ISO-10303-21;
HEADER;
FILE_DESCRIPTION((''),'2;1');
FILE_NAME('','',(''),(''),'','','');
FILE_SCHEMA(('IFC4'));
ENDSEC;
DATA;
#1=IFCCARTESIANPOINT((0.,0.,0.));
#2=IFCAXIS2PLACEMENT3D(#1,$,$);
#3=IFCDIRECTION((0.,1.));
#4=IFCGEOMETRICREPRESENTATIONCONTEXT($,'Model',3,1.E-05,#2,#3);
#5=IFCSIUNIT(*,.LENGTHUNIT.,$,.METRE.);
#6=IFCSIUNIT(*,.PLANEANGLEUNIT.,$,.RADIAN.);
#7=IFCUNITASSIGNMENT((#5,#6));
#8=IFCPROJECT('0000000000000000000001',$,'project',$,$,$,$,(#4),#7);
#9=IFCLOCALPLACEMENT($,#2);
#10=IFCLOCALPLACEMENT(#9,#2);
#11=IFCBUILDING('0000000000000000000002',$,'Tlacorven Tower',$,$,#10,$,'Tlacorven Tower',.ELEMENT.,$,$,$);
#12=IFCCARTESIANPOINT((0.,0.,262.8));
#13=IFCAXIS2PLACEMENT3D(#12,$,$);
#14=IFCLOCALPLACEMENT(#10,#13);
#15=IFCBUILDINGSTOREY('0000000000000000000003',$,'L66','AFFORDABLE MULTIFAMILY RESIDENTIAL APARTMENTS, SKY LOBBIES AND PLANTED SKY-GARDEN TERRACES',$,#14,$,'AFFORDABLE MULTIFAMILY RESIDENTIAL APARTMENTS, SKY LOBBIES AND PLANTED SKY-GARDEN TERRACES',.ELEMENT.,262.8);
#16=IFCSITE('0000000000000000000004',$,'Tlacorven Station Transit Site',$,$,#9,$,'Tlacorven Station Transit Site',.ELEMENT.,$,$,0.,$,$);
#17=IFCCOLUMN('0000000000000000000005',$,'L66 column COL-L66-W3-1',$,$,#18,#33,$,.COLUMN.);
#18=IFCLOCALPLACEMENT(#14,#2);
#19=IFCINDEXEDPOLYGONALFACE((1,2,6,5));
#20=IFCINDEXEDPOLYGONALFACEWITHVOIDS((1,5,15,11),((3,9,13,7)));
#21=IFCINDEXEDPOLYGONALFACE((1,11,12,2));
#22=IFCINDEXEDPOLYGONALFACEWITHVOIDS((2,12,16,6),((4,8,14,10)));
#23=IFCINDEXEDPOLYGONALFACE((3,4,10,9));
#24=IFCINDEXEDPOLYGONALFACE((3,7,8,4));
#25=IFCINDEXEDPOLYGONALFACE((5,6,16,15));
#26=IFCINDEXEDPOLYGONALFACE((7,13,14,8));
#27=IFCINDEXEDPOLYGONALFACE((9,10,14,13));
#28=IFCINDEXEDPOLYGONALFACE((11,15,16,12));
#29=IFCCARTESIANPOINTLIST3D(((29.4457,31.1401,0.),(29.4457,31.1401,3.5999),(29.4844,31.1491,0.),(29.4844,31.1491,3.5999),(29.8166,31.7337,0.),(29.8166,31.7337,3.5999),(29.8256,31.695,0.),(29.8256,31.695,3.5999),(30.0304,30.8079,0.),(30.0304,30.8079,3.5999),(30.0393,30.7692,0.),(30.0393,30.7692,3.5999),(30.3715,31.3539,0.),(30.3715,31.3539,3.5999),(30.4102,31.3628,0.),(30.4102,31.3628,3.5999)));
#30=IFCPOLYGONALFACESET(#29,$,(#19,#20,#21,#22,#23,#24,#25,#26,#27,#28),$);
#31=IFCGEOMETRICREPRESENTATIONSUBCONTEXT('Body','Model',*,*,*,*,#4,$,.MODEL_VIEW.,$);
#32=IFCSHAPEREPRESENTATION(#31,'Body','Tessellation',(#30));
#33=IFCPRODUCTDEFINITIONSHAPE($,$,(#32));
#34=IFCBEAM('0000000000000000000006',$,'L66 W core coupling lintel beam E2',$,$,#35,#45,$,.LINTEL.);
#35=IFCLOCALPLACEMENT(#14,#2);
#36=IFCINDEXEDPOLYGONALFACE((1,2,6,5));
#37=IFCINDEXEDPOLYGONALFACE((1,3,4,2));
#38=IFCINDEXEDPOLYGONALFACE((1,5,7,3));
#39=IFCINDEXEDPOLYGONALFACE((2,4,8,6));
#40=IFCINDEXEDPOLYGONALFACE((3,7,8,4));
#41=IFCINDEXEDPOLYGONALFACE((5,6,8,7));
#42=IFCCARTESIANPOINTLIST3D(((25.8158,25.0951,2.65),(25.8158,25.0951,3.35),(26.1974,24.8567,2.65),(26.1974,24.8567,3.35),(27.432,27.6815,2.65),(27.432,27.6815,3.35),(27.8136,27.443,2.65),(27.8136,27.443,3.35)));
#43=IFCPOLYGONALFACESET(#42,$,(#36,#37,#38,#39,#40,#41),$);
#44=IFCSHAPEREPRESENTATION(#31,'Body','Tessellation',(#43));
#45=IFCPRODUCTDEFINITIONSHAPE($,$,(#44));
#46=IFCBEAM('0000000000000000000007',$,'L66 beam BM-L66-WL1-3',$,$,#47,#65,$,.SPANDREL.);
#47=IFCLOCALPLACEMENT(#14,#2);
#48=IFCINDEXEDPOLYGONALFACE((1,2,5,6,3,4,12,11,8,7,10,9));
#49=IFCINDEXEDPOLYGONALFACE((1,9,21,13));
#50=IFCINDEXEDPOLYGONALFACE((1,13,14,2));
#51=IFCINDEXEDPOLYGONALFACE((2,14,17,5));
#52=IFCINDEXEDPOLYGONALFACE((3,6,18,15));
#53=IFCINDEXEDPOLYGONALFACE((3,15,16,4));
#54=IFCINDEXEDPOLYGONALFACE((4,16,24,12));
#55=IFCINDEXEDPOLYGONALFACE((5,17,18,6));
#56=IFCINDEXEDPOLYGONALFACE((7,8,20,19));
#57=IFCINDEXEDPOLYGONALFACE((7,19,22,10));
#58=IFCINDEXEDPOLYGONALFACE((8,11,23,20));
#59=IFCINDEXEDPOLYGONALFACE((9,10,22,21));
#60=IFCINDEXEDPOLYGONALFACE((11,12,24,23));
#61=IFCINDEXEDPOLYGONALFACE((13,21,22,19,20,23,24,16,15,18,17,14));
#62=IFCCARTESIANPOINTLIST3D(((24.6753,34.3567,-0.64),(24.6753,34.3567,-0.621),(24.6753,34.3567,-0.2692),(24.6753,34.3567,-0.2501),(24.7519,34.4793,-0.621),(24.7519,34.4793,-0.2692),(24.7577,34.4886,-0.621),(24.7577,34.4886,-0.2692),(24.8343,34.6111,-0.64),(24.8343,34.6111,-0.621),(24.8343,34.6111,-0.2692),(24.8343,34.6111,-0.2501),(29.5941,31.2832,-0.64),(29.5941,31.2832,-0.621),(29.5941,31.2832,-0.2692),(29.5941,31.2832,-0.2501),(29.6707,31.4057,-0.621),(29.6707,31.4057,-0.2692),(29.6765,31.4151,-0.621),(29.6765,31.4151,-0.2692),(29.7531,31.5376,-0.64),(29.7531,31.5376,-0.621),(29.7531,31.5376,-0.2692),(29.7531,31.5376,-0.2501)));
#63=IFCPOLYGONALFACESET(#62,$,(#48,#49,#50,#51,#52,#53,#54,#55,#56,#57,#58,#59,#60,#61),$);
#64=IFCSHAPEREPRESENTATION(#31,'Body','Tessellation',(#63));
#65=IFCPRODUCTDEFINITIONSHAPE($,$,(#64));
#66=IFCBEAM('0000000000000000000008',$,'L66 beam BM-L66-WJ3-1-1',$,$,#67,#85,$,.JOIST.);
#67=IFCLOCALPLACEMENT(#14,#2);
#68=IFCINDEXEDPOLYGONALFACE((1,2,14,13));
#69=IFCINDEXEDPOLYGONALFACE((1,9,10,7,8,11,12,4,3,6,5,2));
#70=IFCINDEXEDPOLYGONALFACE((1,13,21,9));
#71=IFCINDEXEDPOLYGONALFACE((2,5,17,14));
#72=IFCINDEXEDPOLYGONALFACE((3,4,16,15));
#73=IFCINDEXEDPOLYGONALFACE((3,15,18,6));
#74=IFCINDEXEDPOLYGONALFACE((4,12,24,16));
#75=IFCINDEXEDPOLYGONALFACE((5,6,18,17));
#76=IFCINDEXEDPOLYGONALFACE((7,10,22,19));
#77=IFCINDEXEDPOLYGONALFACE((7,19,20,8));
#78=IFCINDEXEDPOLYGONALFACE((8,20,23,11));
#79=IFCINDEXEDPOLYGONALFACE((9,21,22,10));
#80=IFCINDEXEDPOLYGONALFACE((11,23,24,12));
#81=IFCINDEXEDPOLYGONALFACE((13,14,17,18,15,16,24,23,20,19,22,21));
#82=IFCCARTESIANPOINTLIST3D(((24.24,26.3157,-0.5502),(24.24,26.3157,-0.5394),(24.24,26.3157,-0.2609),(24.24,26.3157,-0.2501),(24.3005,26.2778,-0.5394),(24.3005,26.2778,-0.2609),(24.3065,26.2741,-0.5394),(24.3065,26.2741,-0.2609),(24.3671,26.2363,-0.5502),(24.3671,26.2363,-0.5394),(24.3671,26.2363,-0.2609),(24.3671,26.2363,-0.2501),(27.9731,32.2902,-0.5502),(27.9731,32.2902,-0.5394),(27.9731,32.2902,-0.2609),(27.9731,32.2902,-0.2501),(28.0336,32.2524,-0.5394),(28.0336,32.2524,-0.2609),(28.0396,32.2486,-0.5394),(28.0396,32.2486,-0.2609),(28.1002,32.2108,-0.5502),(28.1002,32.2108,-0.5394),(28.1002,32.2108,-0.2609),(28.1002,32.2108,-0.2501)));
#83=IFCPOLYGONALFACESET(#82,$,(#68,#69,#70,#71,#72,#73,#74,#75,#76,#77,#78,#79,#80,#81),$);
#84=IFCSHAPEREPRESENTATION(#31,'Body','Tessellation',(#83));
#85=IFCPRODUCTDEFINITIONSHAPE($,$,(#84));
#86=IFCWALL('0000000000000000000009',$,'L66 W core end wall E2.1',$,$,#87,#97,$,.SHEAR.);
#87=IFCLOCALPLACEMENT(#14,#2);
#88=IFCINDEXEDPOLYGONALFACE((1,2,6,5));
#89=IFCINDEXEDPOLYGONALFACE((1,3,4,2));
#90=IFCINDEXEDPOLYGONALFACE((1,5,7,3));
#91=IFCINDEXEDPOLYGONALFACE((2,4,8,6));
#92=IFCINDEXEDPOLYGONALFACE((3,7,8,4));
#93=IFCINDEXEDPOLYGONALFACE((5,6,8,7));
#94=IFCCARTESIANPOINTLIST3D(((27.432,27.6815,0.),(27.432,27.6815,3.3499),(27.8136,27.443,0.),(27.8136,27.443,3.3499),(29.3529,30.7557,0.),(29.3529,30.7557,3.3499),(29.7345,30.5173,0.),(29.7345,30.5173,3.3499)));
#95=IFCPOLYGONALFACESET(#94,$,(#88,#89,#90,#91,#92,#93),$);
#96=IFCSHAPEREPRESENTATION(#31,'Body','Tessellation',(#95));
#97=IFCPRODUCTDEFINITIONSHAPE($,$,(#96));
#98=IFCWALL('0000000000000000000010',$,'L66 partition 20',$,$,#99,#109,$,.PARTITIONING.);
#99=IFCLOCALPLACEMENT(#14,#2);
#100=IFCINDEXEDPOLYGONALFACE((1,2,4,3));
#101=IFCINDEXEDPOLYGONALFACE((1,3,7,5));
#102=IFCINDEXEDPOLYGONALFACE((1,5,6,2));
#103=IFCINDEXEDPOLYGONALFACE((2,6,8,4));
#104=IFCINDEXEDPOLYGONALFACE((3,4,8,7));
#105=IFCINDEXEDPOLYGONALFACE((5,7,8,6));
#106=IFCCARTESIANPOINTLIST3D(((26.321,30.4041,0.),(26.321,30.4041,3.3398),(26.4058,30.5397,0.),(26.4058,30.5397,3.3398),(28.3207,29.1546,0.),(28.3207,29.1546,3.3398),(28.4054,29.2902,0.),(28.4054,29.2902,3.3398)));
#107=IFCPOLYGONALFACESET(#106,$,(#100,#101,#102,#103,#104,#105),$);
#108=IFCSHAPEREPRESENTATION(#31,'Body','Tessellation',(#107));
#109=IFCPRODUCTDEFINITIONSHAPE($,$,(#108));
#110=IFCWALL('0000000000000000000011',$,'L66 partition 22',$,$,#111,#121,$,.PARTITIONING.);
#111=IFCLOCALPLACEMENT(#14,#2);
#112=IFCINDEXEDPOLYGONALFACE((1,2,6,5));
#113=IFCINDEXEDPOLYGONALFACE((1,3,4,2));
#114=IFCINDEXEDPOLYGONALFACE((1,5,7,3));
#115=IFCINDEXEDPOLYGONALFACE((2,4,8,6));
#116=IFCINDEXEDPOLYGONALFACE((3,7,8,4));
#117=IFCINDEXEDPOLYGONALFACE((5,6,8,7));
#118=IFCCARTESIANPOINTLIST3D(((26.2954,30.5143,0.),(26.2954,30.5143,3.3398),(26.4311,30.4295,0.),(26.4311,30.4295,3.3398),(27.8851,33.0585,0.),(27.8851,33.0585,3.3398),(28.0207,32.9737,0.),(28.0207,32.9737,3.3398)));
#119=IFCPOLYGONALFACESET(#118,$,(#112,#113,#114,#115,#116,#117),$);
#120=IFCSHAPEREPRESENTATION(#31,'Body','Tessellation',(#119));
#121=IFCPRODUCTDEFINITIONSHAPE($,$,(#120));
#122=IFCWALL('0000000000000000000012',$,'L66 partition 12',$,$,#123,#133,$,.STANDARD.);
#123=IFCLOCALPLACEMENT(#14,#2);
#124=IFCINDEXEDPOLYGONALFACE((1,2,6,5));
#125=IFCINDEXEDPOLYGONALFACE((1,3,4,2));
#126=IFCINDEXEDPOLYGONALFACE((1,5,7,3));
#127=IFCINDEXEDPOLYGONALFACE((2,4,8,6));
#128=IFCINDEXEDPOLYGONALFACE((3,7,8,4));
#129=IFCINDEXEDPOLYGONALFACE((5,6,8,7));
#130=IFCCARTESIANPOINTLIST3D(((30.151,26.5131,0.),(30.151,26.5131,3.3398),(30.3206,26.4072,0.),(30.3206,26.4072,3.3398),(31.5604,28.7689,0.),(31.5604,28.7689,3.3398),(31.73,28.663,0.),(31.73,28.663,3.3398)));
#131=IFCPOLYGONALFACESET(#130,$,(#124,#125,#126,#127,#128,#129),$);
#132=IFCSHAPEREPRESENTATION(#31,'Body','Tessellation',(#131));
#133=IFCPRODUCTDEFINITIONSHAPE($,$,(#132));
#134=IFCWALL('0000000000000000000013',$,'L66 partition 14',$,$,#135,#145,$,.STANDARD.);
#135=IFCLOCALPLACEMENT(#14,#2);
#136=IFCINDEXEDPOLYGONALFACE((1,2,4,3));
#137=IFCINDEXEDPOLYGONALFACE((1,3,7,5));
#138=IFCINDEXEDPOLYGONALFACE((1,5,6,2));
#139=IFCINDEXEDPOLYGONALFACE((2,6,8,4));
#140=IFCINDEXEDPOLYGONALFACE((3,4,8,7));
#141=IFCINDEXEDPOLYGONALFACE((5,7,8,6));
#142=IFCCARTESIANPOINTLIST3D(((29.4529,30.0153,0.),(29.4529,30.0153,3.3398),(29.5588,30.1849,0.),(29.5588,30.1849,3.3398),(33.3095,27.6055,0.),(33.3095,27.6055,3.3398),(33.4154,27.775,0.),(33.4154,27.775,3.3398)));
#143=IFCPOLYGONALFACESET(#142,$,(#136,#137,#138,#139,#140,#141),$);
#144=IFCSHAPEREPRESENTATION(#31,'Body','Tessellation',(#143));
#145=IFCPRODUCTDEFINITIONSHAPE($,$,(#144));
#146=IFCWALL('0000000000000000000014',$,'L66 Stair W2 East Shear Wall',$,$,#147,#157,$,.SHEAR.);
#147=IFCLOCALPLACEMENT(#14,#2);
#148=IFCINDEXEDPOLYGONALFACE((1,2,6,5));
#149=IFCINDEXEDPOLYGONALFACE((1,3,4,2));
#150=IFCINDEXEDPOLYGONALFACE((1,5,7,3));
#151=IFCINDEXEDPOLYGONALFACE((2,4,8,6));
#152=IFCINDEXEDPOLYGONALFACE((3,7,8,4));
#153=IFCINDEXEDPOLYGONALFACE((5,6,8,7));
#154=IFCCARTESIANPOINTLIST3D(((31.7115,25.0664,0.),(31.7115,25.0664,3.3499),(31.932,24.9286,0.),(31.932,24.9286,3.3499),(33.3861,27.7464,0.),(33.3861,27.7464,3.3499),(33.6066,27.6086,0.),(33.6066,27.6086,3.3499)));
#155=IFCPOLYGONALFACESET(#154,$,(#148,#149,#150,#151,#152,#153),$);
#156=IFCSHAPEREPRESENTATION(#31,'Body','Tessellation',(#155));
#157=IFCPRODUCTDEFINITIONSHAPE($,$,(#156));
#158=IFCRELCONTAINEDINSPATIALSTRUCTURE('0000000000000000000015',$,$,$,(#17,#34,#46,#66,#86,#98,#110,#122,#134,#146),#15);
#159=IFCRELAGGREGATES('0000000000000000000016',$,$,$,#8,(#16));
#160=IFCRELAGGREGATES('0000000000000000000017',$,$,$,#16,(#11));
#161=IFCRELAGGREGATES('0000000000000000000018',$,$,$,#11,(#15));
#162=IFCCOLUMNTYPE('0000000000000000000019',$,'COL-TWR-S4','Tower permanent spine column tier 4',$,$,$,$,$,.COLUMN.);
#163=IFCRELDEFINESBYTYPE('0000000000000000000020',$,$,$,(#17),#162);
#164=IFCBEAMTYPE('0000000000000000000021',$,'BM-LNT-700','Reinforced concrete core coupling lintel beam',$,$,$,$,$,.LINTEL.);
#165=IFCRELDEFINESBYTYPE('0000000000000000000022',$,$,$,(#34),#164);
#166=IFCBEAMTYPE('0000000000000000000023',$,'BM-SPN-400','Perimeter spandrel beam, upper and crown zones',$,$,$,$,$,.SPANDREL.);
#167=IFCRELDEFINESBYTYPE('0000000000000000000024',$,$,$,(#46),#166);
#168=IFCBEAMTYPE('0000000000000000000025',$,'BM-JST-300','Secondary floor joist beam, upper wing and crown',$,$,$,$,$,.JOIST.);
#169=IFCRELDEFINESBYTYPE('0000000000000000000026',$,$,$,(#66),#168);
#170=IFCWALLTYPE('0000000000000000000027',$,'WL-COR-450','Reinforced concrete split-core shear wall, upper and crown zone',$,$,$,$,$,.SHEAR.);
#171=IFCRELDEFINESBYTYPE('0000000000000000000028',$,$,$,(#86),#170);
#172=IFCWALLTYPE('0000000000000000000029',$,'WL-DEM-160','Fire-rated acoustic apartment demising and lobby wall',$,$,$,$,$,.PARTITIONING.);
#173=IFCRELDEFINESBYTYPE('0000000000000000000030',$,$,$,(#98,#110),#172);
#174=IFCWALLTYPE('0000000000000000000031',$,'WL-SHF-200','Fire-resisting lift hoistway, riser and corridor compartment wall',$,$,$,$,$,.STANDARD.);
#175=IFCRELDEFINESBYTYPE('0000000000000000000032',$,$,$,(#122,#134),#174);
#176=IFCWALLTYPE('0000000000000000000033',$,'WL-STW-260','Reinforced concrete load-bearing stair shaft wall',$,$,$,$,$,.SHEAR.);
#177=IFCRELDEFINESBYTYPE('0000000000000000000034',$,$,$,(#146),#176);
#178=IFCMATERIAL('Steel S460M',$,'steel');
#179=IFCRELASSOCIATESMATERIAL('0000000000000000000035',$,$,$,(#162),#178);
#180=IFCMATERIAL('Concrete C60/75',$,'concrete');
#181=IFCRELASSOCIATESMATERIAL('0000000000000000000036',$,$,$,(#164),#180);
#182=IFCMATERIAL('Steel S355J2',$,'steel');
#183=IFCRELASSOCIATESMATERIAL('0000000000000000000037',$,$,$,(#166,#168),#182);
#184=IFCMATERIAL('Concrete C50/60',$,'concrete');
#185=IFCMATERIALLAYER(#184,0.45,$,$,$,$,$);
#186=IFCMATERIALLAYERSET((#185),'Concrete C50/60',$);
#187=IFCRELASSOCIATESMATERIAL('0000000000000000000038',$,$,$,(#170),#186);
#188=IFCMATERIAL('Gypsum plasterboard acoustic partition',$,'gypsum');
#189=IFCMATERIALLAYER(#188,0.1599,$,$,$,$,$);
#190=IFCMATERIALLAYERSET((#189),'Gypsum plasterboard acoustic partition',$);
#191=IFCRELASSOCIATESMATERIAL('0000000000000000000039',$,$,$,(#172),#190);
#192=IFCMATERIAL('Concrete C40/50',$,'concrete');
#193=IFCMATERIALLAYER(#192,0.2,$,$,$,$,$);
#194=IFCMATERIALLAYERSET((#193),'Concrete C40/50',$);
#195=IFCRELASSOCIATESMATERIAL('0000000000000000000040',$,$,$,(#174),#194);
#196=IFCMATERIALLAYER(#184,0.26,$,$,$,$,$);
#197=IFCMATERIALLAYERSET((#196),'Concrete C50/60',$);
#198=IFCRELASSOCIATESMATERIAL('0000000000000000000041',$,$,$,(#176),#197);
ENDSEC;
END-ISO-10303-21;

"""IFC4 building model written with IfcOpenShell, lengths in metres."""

from ifc_helpers import new_model, si_unit, direction, frame, frame_2d, origin, origin_2d, place, context, subcontext, project, spatial, rectangle, hollow_rectangle, i_section, extrude, source, transform, mapped, material, layer, layer_set, material_profile, profile_set, type_object, element, save


model = new_model("IFC4")

# Units and contexts
model_context = context("Model", 3, precision=1e-05, world=origin(), true_north=direction((0.0, 1.0)))
body_context = subcontext(model_context, "Body", "Model", "MODEL_VIEW")
ifc_project = project(units=[si_unit("LENGTHUNIT", "METRE"), si_unit("PLANEANGLEUNIT", "RADIAN")], contexts=[model_context])

# Site, building, storey
site_placement = place(None, origin())
site = spatial("IfcSite", under=ifc_project, at=site_placement, Name="Tlacorven Station Transit Site", LongName="Tlacorven Station Transit Site", CompositionType="ELEMENT", RefElevation=0.0)
building_placement = place(site_placement, origin())
building = spatial("IfcBuilding", under=site, at=building_placement, Name="Tlacorven Tower", LongName="Tlacorven Tower", CompositionType="ELEMENT")
storey_placement = place(building_placement, frame((0.0, 0.0, 262.8)))
storey = spatial("IfcBuildingStorey", under=building, at=storey_placement, Name="L66", Description="AFFORDABLE MULTIFAMILY RESIDENTIAL APARTMENTS, SKY LOBBIES AND PLANTED SKY-GARDEN TERRACES", LongName="AFFORDABLE MULTIFAMILY RESIDENTIAL APARTMENTS, SKY LOBBIES AND PLANTED SKY-GARDEN TERRACES", CompositionType="ELEMENT", Elevation=262.8)

# Column
ifc_material_1 = material(Name="Steel S460M", Category="steel")
ifc_material_profile_1 = material_profile(ifc_material_1, hollow_rectangle(XDim=0.7, YDim=0.7, WallThickness=0.0281, at=origin_2d()), Name="BOX 700X700X28")
ifc_profile_set_1 = profile_set([ifc_material_profile_1], Name="Steel S460M")
column_type = type_object("IfcColumnType", Name="COL-TWR-S4", Description="Tower permanent spine column tier 4", PredefinedType="COLUMN", material=ifc_profile_set_1)
shared_shape_1 = source(origin(), body_context, "Body", "SweptSolid", [
    extrude(hollow_rectangle(XDim=0.7, YDim=0.7, WallThickness=0.0281, at=origin_2d()), origin(), (0.0, 0.0, 1.0), 3.5999),
])
column_placement = place(storey_placement, frame((29.928, 31.2515, 0.0), z_axis=(0.0, 0.0, 1.0), x_axis=(-0.848048, 0.529919, 0.0)))
element("IfcColumn", 1, at=column_placement, inside=storey, type_object=column_type, Name="L66 column COL-L66-W3-1", PredefinedType="COLUMN", context=body_context, shape_type="MappedRepresentation", body=[
    mapped(shared_shape_1, transform((0.0, 0.0, 0.0), scale=1.0)),
])

# Beams
ifc_material_2 = material(Name="Concrete C60/75", Category="concrete")
ifc_material_profile_2 = material_profile(ifc_material_2, rectangle(XDim=0.45, YDim=0.7, at=origin_2d()), Name="RC 450X700")
ifc_profile_set_2 = profile_set([ifc_material_profile_2], Name="Concrete C60/75")
beam_type_1 = type_object("IfcBeamType", Name="BM-LNT-700", Description="Reinforced concrete core coupling lintel beam", PredefinedType="LINTEL", material=ifc_profile_set_2)
shared_shape_2 = source(origin(), body_context, "Body", "SweptSolid", [
    extrude(rectangle(XDim=0.45, YDim=0.7, at=origin_2d()), origin(), (0.0, 0.0, 1.0), 3.0498),
])
beam_1_placement = place(storey_placement, frame((27.6228, 27.5623, 3.0), z_axis=(-0.529927, -0.848043, 0.0), x_axis=(0.848043, -0.529927, 0.0)))
element("IfcBeam", 2, at=beam_1_placement, inside=storey, type_object=beam_type_1, Name="L66 W core coupling lintel beam E2", PredefinedType="LINTEL", context=body_context, shape_type="MappedRepresentation", body=[
    mapped(shared_shape_2, transform((0.0, 0.0, 0.0), scale=1.0)),
])
ifc_material_3 = material(Name="Steel S355J2", Category="steel")
ifc_material_profile_3 = material_profile(ifc_material_3, i_section(OverallWidth=0.3, OverallDepth=0.3899, WebThickness=0.011, FlangeThickness=0.019, at=origin_2d()), Name="HEA 400")
ifc_profile_set_3 = profile_set([ifc_material_profile_3], Name="Steel S355J2")
beam_type_2 = type_object("IfcBeamType", Name="BM-SPN-400", Description="Perimeter spandrel beam, upper and crown zones", PredefinedType="SPANDREL", material=ifc_profile_set_3)
shared_shape_3 = source(origin(), body_context, "Body", "SweptSolid", [
    extrude(i_section(OverallWidth=0.3, OverallDepth=0.3899, WebThickness=0.011, FlangeThickness=0.019, at=origin_2d()), origin(), (0.0, 0.0, 1.0), 5.8),
])
beam_2_placement = place(storey_placement, frame((29.6736, 31.4104, -0.4451), z_axis=(-0.848053, 0.529912, 0.0), x_axis=(-0.529912, -0.848053, 0.0)))
element("IfcBeam", 3, at=beam_2_placement, inside=storey, type_object=beam_type_2, Name="L66 beam BM-L66-WL1-3", PredefinedType="SPANDREL", context=body_context, shape_type="MappedRepresentation", body=[
    mapped(shared_shape_3, transform((0.0, 0.0, 0.0), scale=1.0)),
])
ifc_material_profile_4 = material_profile(ifc_material_3, i_section(OverallWidth=0.1499, OverallDepth=0.3, WebThickness=0.0071, FlangeThickness=0.0107, at=origin_2d()), Name="IPE 300")
ifc_profile_set_4 = profile_set([ifc_material_profile_4], Name="Steel S355J2")
beam_type_3 = type_object("IfcBeamType", Name="BM-JST-300", Description="Secondary floor joist beam, upper wing and crown", PredefinedType="JOIST", material=ifc_profile_set_4)
shared_shape_4 = source(origin(), body_context, "Body", "SweptSolid", [
    extrude(i_section(OverallWidth=0.1499, OverallDepth=0.3, WebThickness=0.0071, FlangeThickness=0.0107, at=origin_2d()), origin(), (0.0, 0.0, 1.0), 7.0449),
])
beam_3_placement = place(storey_placement, frame((28.0366, 32.2505, -0.4001), z_axis=(-0.529899, -0.848061, 0.0), x_axis=(0.848061, -0.529899, 0.0)))
element("IfcBeam", 4, at=beam_3_placement, inside=storey, type_object=beam_type_3, Name="L66 beam BM-L66-WJ3-1-1", PredefinedType="JOIST", context=body_context, shape_type="MappedRepresentation", body=[
    mapped(shared_shape_4, transform((0.0, 0.0, 0.0), scale=1.0)),
])

# Walls
ifc_material_4 = material(Name="Concrete C50/60", Category="concrete")
ifc_layer_1 = layer(ifc_material_4, 0.45)
ifc_layer_set_1 = layer_set([ifc_layer_1], Name="Concrete C50/60")
wall_type_1 = type_object("IfcWallType", Name="WL-COR-450", Description="Reinforced concrete split-core shear wall, upper and crown zone", PredefinedType="SHEAR", material=ifc_layer_set_1)
wall_1_placement = place(storey_placement, frame((29.5437, 30.6365, 0.0), z_axis=(0.0, 0.0, 1.0), x_axis=(-0.529902, -0.848059, 0.0)))
element("IfcWall", 5, at=wall_1_placement, inside=storey, type_object=wall_type_1, Name="L66 W core end wall E2.1", PredefinedType="SHEAR", context=body_context, shape_type="SweptSolid", body=[
    extrude(rectangle(XDim=3.625, YDim=0.45, at=frame_2d((1.8125, 0.0))), origin(), (0.0, 0.0, 1.0), 3.3499),
])
ifc_material_5 = material(Name="Gypsum plasterboard acoustic partition", Category="gypsum")
ifc_layer_2 = layer(ifc_material_5, 0.1599)
ifc_layer_set_2 = layer_set([ifc_layer_2], Name="Gypsum plasterboard acoustic partition")
wall_type_2 = type_object("IfcWallType", Name="WL-DEM-160", Description="Fire-rated acoustic apartment demising and lobby wall", PredefinedType="PARTITIONING", material=ifc_layer_set_2)
wall_2_placement = place(storey_placement, frame((28.363, 29.2224, 0.0), z_axis=(0.0, 0.0, 1.0), x_axis=(-0.848062, 0.529897, 0.0)))
element("IfcWall", 6, at=wall_2_placement, inside=storey, type_object=wall_type_2, Name="L66 partition 20", PredefinedType="PARTITIONING", context=body_context, shape_type="SweptSolid", body=[
    extrude(rectangle(XDim=2.3579, YDim=0.1599, at=frame_2d((1.179, 0.0))), origin(), (0.0, 0.0, 1.0), 3.3398),
])
wall_3_placement = place(storey_placement, frame((27.9529, 33.0161, 0.0), z_axis=(0.0, 0.0, 1.0), x_axis=(-0.529875, -0.848076, 0.0)))
element("IfcWall", 7, at=wall_3_placement, inside=storey, type_object=wall_type_2, Name="L66 partition 22", PredefinedType="PARTITIONING", context=body_context, shape_type="SweptSolid", body=[
    extrude(rectangle(XDim=3.0, YDim=0.1599, at=frame_2d((1.5, 0.0))), origin(), (0.0, 0.0, 1.0), 3.3398),
])
ifc_material_6 = material(Name="Concrete C40/50", Category="concrete")
ifc_layer_3 = layer(ifc_material_6, 0.2)
ifc_layer_set_3 = layer_set([ifc_layer_3], Name="Concrete C40/50")
wall_type_3 = type_object("IfcWallType", Name="WL-SHF-200", Description="Fire-resisting lift hoistway, riser and corridor compartment wall", PredefinedType="STANDARD", material=ifc_layer_set_3)
wall_4_placement = place(storey_placement, frame((31.6453, 28.7161, 0.0), z_axis=(0.0, 0.0, 1.0), x_axis=(-0.529867, -0.848081, 0.0)))
element("IfcWall", 8, at=wall_4_placement, inside=storey, type_object=wall_type_3, Name="L66 partition 12", PredefinedType="STANDARD", context=body_context, shape_type="SweptSolid", body=[
    extrude(rectangle(XDim=2.6599, YDim=0.2, at=frame_2d((1.3301, 0.0))), origin(), (0.0, 0.0, 1.0), 3.3398),
])
wall_5_placement = place(storey_placement, frame((33.3625, 27.6902, 0.0), z_axis=(0.0, 0.0, 1.0), x_axis=(-0.84805, 0.529917, 0.0)))
element("IfcWall", 9, at=wall_5_placement, inside=storey, type_object=wall_type_3, Name="L66 partition 14", PredefinedType="STANDARD", context=body_context, shape_type="SweptSolid", body=[
    extrude(rectangle(XDim=4.5476, YDim=0.2, at=frame_2d((2.2739, 0.0))), origin(), (0.0, 0.0, 1.0), 3.3398),
])
ifc_layer_4 = layer(ifc_material_4, 0.26)
ifc_layer_set_4 = layer_set([ifc_layer_4], Name="Concrete C50/60")
wall_type_4 = type_object("IfcWallType", Name="WL-STW-260", Description="Reinforced concrete load-bearing stair shaft wall", PredefinedType="SHEAR", material=ifc_layer_set_4)
wall_6_placement = place(storey_placement, frame((33.4963, 27.6775, 0.0), z_axis=(0.0, 0.0, 1.0), x_axis=(-0.529909, -0.848055, 0.0)))
element("IfcWall", 10, at=wall_6_placement, inside=storey, type_object=wall_type_4, Name="L66 Stair W2 East Shear Wall", PredefinedType="SHEAR", context=body_context, shape_type="SweptSolid", body=[
    extrude(rectangle(XDim=3.1602, YDim=0.26, at=frame_2d((1.5801, 0.0))), origin(), (0.0, 0.0, 1.0), 3.3499),
])

save(model, "model.ifc")
